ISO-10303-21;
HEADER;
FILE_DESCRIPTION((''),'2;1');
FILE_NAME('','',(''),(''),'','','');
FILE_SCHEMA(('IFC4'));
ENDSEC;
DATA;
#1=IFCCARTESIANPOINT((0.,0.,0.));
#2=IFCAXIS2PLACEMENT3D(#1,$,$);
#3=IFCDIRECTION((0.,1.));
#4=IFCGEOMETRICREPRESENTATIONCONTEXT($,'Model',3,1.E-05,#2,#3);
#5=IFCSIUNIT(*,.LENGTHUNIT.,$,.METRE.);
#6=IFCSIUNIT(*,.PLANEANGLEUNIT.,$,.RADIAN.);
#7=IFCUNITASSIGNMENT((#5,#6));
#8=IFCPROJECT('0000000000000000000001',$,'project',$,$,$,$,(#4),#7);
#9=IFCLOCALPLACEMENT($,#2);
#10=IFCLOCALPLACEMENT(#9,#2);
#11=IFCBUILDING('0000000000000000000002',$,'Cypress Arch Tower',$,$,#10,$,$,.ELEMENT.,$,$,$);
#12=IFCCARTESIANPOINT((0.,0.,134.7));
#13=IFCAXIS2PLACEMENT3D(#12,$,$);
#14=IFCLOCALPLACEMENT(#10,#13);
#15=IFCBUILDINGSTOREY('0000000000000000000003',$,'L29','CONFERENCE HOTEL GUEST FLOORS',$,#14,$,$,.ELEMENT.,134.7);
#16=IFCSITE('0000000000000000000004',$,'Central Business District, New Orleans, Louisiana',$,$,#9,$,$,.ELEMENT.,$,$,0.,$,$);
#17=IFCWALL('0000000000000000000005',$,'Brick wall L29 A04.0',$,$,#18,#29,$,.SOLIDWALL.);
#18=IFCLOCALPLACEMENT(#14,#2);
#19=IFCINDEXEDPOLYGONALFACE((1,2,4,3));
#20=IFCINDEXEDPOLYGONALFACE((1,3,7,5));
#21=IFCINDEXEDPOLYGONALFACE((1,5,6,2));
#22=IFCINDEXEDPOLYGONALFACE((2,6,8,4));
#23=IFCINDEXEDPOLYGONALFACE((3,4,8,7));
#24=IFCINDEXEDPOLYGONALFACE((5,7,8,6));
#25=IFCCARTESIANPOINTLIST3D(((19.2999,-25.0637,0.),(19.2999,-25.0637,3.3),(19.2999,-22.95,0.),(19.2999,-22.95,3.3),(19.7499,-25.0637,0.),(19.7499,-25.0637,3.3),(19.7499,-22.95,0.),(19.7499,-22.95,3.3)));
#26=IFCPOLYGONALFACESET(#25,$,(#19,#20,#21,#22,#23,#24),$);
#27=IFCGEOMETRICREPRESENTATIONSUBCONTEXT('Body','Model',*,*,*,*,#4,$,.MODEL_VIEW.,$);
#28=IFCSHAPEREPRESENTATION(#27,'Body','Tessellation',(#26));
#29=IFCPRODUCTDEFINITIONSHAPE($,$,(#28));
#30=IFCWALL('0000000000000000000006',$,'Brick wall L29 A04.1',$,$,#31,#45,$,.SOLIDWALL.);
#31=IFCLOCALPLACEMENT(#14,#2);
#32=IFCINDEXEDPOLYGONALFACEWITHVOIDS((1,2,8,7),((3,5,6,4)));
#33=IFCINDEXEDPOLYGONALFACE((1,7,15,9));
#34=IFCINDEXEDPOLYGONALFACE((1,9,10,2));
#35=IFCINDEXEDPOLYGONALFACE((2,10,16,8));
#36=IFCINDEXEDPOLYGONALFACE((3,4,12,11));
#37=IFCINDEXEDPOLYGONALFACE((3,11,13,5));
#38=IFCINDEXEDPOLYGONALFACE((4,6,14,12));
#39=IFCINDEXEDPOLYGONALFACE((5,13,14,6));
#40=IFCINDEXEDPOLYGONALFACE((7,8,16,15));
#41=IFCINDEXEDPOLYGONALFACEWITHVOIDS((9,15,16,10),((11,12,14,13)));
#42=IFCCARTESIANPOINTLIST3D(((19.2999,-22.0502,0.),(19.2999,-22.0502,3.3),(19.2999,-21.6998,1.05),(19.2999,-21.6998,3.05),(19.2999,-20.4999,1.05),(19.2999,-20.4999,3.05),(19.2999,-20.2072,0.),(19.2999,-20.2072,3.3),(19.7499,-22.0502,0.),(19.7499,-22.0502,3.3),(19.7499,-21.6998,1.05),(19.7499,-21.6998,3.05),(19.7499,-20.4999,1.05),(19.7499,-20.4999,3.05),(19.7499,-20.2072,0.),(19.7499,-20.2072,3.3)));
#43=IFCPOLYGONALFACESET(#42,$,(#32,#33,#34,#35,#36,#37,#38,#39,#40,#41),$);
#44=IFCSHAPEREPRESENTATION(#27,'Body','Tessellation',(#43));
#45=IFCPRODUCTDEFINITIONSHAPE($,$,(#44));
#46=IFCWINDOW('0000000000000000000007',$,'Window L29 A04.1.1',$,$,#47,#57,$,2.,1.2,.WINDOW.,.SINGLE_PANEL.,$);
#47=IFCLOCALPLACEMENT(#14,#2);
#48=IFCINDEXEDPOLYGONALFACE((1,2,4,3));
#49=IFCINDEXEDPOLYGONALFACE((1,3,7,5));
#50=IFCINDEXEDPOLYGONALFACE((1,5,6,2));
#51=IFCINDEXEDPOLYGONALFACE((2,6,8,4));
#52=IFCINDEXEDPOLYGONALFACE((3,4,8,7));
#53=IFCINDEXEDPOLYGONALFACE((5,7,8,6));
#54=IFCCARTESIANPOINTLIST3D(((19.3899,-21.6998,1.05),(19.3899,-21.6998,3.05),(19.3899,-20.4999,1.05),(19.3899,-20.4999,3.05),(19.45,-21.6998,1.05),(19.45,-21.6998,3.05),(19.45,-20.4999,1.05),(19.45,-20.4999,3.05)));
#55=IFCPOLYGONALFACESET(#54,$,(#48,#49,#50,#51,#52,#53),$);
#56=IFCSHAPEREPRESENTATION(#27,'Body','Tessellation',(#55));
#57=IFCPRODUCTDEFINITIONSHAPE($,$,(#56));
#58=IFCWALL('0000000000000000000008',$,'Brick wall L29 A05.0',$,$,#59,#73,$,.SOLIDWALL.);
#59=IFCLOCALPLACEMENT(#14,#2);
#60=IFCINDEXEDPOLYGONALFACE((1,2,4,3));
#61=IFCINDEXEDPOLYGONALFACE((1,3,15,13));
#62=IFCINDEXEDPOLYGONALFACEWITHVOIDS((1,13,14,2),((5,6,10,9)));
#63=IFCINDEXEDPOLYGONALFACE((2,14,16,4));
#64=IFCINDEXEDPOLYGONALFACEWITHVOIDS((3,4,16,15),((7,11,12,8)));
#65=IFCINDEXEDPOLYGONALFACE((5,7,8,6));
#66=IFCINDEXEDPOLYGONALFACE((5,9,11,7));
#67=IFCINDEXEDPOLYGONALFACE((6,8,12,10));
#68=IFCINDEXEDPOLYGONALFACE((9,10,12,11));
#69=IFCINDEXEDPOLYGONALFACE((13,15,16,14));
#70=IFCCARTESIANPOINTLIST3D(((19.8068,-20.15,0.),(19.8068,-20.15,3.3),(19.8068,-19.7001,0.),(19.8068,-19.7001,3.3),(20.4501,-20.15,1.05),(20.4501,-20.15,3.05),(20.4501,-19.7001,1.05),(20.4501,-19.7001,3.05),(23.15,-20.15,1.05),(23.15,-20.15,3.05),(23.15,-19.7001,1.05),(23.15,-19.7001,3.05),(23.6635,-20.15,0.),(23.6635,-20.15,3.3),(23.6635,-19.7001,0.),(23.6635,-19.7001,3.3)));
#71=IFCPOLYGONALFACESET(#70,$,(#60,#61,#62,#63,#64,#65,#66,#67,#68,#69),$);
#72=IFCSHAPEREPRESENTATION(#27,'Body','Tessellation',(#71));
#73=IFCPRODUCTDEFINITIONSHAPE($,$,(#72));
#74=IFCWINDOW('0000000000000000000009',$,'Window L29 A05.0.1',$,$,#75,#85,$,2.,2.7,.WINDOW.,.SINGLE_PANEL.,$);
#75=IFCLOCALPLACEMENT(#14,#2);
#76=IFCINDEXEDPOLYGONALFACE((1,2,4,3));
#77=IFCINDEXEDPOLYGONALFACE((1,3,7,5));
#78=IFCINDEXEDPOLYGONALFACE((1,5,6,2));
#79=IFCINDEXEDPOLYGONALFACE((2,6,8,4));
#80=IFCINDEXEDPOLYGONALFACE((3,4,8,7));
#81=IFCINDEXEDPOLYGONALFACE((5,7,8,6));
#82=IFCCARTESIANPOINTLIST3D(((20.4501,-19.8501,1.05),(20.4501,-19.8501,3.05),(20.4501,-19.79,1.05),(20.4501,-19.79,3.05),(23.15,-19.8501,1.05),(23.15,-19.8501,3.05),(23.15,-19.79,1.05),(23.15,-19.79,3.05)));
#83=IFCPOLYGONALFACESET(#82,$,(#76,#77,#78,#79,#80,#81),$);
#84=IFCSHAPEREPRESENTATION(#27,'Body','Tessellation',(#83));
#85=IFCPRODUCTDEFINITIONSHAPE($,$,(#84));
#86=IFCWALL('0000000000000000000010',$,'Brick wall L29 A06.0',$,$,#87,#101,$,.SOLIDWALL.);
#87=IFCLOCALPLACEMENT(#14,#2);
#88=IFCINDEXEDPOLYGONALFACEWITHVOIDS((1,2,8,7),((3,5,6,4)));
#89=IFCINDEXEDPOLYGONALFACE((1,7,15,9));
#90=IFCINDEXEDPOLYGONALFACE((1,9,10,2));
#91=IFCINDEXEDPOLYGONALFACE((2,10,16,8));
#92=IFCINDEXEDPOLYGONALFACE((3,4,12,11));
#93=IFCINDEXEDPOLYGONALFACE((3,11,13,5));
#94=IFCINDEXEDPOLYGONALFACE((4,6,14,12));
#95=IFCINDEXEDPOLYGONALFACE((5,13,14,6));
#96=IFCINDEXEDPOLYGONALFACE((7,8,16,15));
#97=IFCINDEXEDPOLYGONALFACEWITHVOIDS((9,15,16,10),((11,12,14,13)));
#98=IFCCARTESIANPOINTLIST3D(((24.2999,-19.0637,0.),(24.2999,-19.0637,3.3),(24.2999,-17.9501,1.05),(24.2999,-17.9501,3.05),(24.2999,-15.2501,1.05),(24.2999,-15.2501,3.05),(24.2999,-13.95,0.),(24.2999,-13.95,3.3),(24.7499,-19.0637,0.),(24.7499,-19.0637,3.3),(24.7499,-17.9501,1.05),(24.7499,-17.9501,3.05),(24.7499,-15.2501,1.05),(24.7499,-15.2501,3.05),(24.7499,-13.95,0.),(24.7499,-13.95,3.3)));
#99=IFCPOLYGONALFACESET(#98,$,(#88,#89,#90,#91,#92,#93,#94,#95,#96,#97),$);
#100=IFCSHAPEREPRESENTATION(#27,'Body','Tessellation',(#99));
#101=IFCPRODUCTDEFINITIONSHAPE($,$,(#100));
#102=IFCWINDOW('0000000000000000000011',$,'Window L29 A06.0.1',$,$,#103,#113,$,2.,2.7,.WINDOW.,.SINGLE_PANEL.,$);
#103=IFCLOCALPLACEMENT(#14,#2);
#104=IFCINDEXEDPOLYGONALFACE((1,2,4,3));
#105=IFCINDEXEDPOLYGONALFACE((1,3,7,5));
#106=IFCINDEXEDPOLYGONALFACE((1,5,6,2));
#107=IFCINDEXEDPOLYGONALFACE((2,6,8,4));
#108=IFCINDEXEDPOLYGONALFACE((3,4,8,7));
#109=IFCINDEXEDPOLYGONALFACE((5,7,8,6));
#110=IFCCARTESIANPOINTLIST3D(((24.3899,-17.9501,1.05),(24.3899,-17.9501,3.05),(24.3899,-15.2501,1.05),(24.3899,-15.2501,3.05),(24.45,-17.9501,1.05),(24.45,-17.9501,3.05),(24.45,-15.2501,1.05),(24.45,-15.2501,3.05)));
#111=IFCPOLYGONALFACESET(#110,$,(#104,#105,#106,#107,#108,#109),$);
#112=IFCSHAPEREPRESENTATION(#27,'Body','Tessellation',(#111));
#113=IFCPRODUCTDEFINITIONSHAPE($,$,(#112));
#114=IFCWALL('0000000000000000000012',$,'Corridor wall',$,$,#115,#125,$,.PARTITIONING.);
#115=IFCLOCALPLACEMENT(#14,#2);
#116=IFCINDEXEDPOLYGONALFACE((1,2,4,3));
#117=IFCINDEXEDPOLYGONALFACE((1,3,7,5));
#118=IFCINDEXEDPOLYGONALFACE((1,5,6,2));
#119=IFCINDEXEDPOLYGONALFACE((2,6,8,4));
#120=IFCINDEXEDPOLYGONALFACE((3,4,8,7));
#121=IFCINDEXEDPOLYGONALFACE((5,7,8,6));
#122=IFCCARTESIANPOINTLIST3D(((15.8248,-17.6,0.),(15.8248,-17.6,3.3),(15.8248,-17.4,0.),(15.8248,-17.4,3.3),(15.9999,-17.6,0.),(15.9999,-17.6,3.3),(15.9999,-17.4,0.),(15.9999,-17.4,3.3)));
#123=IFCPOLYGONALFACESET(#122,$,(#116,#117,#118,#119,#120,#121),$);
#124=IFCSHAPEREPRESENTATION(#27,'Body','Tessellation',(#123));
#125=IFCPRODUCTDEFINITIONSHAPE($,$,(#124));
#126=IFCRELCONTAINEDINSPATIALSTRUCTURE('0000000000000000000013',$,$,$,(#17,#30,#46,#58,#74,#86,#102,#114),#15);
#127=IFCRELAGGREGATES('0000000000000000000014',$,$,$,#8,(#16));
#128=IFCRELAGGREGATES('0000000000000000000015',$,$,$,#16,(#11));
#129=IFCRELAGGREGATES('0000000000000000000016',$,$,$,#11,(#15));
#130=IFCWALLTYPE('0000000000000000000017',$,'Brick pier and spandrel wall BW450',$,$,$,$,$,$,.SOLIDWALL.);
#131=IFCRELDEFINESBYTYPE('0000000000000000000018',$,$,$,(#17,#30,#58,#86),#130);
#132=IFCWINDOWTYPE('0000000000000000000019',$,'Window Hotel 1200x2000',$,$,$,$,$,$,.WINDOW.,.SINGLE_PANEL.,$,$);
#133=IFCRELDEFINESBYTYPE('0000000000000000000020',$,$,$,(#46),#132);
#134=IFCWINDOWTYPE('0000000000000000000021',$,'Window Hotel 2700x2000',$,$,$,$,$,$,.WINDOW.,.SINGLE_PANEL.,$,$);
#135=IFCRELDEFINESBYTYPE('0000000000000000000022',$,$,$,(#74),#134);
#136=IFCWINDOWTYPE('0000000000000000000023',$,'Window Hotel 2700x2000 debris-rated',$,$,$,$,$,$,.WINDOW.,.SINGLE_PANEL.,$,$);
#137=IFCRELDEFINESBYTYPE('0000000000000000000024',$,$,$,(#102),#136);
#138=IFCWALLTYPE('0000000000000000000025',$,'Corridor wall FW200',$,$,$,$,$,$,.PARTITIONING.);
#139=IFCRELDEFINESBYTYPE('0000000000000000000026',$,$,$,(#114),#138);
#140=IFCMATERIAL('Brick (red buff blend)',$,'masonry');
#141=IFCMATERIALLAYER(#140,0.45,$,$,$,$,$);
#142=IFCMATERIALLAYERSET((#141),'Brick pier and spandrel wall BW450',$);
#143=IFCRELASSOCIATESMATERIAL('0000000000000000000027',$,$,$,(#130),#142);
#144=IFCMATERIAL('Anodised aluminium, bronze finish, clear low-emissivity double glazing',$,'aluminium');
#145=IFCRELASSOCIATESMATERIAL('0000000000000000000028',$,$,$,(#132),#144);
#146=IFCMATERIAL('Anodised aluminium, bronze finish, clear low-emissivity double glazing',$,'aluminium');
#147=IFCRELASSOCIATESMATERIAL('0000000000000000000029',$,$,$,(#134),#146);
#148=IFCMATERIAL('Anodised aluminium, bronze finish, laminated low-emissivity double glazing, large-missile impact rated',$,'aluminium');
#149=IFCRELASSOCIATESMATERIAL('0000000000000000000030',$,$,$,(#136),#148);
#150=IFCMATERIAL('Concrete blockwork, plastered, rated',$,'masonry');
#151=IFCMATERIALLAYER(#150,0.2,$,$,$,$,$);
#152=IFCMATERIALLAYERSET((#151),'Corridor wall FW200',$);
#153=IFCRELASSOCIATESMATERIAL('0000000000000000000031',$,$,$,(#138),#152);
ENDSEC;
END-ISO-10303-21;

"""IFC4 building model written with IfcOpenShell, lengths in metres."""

from ifc_helpers import new_model, si_unit, direction, frame, frame_2d, origin, place, context, subcontext, project, spatial, rectangle, extrude, material, layer, layer_set, type_object, element, fill, save


model = new_model("IFC4")

# Units and contexts
model_context = context("Model", 3, precision=1e-05, world=origin(), true_north=direction((0.0, 1.0)))
body_context = subcontext(model_context, "Body", "Model", "MODEL_VIEW")
ifc_project = project(units=[si_unit("LENGTHUNIT", "METRE"), si_unit("PLANEANGLEUNIT", "RADIAN")], contexts=[model_context])

# Site, building, storey
site_placement = place(None, origin())
site = spatial("IfcSite", under=ifc_project, at=site_placement, Name="Central Business District, New Orleans, Louisiana", CompositionType="ELEMENT", RefElevation=0.0)
building_placement = place(site_placement, origin())
building = spatial("IfcBuilding", under=site, at=building_placement, Name="Cypress Arch Tower", CompositionType="ELEMENT")
storey_placement = place(building_placement, frame((0.0, 0.0, 134.7)))
storey = spatial("IfcBuildingStorey", under=building, at=storey_placement, Name="L29", Description="CONFERENCE HOTEL GUEST FLOORS", CompositionType="ELEMENT", Elevation=134.7)

# Wall
ifc_material_1 = material(Name="Brick (red buff blend)", Category="masonry")
ifc_layer_1 = layer(ifc_material_1, 0.45)
ifc_layer_set_1 = layer_set([ifc_layer_1], Name="Brick pier and spandrel wall BW450")
wall_type_1 = type_object("IfcWallType", Name="Brick pier and spandrel wall BW450", PredefinedType="SOLIDWALL", material=ifc_layer_set_1)
wall_1_placement = place(storey_placement, frame((19.5249, -25.0637, 0.0), z_axis=(0.0, 0.0, 1.0), x_axis=(0.0, 1.0, 0.0)))
element("IfcWall", 1, at=wall_1_placement, inside=storey, type_object=wall_type_1, Name="Brick wall L29 A04.0", PredefinedType="SOLIDWALL", context=body_context, shape_type="SweptSolid", body=[
    extrude(rectangle(XDim=2.1138, YDim=0.45, at=frame_2d((1.0569, 0.0))), origin(), (0.0, 0.0, 1.0), 3.3),
])

# Walls, openings, windows
wall_2_placement = place(storey_placement, frame((19.5249, -22.05, 0.0), z_axis=(0.0, 0.0, 1.0), x_axis=(0.0, 1.0, 0.0)))
wall_2 = element("IfcWall", 2, at=wall_2_placement, inside=storey, type_object=wall_type_1, Name="Brick wall L29 A04.1", PredefinedType="SOLIDWALL", context=body_context, shape_type="SweptSolid", body=[
    extrude(rectangle(XDim=1.843, YDim=0.45, at=frame_2d((0.9214, 0.0))), origin(), (0.0, 0.0, 1.0), 3.3),
])
opening_1_placement = place(wall_2_placement, frame((0.3501, 0.0, 1.05)))
opening_1 = element("IfcOpeningElement", 3, at=opening_1_placement, cuts=wall_2, PredefinedType="OPENING", context=body_context, shape_type="SweptSolid", body=[
    extrude(rectangle(XDim=1.2, YDim=2.0, at=frame_2d((0.6001, 1.0))), frame((0.0, 0.2349, 0.0), z_axis=(0.0, -1.0, 0.0), x_axis=(1.0, 0.0, 0.0)), (0.0, 0.0, 1.0), 0.47),
])
ifc_material_2 = material(Name="Anodised aluminium, bronze finish, clear low-emissivity double glazing", Category="aluminium")
window_type_1 = type_object("IfcWindowType", Name="Window Hotel 1200x2000", PartitioningType="SINGLE_PANEL", PredefinedType="WINDOW", material=ifc_material_2)
window_1_placement = place(opening_1_placement, origin())
window_1 = element("IfcWindow", 4, at=window_1_placement, inside=storey, type_object=window_type_1, Name="Window L29 A04.1.1", OverallHeight=2.0, OverallWidth=1.2, PartitioningType="SINGLE_PANEL", PredefinedType="WINDOW", context=body_context, shape_type="SweptSolid", body=[
    extrude(rectangle(XDim=1.2, YDim=2.0, at=frame_2d((0.6001, 1.0))), frame((0.0, 0.135, 0.0), z_axis=(0.0, -1.0, 0.0), x_axis=(1.0, 0.0, 0.0)), (0.0, 0.0, 1.0), 0.0601),
])
fill(opening_1, window_1)
wall_3_placement = place(storey_placement, frame((19.8069, -19.925, 0.0), z_axis=(0.0, 0.0, 1.0), x_axis=(1.0, 0.0, 0.0)))
wall_3 = element("IfcWall", 5, at=wall_3_placement, inside=storey, type_object=wall_type_1, Name="Brick wall L29 A05.0", PredefinedType="SOLIDWALL", context=body_context, shape_type="SweptSolid", body=[
    extrude(rectangle(XDim=3.8567, YDim=0.45, at=frame_2d((1.9282, 0.0))), origin(), (0.0, 0.0, 1.0), 3.3),
])
opening_2_placement = place(wall_3_placement, frame((0.6431, 0.0, 1.05)))
opening_2 = element("IfcOpeningElement", 6, at=opening_2_placement, cuts=wall_3, PredefinedType="OPENING", context=body_context, shape_type="SweptSolid", body=[
    extrude(rectangle(XDim=2.7, YDim=2.0, at=frame_2d((1.3501, 1.0))), frame((0.0, 0.2349, 0.0), z_axis=(0.0, -1.0, 0.0), x_axis=(1.0, 0.0, 0.0)), (0.0, 0.0, 1.0), 0.47),
])
ifc_material_3 = material(Name="Anodised aluminium, bronze finish, clear low-emissivity double glazing", Category="aluminium")
window_type_2 = type_object("IfcWindowType", Name="Window Hotel 2700x2000", PartitioningType="SINGLE_PANEL", PredefinedType="WINDOW", material=ifc_material_3)
window_2_placement = place(opening_2_placement, origin())
window_2 = element("IfcWindow", 7, at=window_2_placement, inside=storey, type_object=window_type_2, Name="Window L29 A05.0.1", OverallHeight=2.0, OverallWidth=2.7, PartitioningType="SINGLE_PANEL", PredefinedType="WINDOW", context=body_context, shape_type="SweptSolid", body=[
    extrude(rectangle(XDim=2.7, YDim=2.0, at=frame_2d((1.3501, 1.0))), frame((0.0, 0.135, 0.0), z_axis=(0.0, -1.0, 0.0), x_axis=(1.0, 0.0, 0.0)), (0.0, 0.0, 1.0), 0.0601),
])
fill(opening_2, window_2)
wall_4_placement = place(storey_placement, frame((24.5249, -19.0637, 0.0), z_axis=(0.0, 0.0, 1.0), x_axis=(0.0, 1.0, 0.0)))
wall_4 = element("IfcWall", 8, at=wall_4_placement, inside=storey, type_object=wall_type_1, Name="Brick wall L29 A06.0", PredefinedType="SOLIDWALL", context=body_context, shape_type="SweptSolid", body=[
    extrude(rectangle(XDim=5.1138, YDim=0.45, at=frame_2d((2.5569, 0.0))), origin(), (0.0, 0.0, 1.0), 3.3),
])
opening_3_placement = place(wall_4_placement, frame((1.1135, 0.0, 1.05)))
opening_3 = element("IfcOpeningElement", 9, at=opening_3_placement, cuts=wall_4, PredefinedType="OPENING", context=body_context, shape_type="SweptSolid", body=[
    extrude(rectangle(XDim=2.7, YDim=2.0, at=frame_2d((1.3501, 1.0))), frame((0.0, 0.2349, 0.0), z_axis=(0.0, -1.0, 0.0), x_axis=(1.0, 0.0, 0.0)), (0.0, 0.0, 1.0), 0.47),
])
ifc_material_4 = material(Name="Anodised aluminium, bronze finish, laminated low-emissivity double glazing, large-missile impact rated", Category="aluminium")
window_type_3 = type_object("IfcWindowType", Name="Window Hotel 2700x2000 debris-rated", PartitioningType="SINGLE_PANEL", PredefinedType="WINDOW", material=ifc_material_4)
window_3_placement = place(opening_3_placement, origin())
window_3 = element("IfcWindow", 10, at=window_3_placement, inside=storey, type_object=window_type_3, Name="Window L29 A06.0.1", OverallHeight=2.0, OverallWidth=2.7, PartitioningType="SINGLE_PANEL", PredefinedType="WINDOW", context=body_context, shape_type="SweptSolid", body=[
    extrude(rectangle(XDim=2.7, YDim=2.0, at=frame_2d((1.3501, 1.0))), frame((0.0, 0.135, 0.0), z_axis=(0.0, -1.0, 0.0), x_axis=(1.0, 0.0, 0.0)), (0.0, 0.0, 1.0), 0.0601),
])
fill(opening_3, window_3)

# Wall
ifc_material_5 = material(Name="Concrete blockwork, plastered, rated", Category="masonry")
ifc_layer_2 = layer(ifc_material_5, 0.2)
ifc_layer_set_2 = layer_set([ifc_layer_2], Name="Corridor wall FW200")
wall_type_2 = type_object("IfcWallType", Name="Corridor wall FW200", PredefinedType="PARTITIONING", material=ifc_layer_set_2)
wall_5_placement = place(storey_placement, frame((15.825, -17.5, 0.0), z_axis=(0.0, 0.0, 1.0), x_axis=(1.0, 0.0, 0.0)))
element("IfcWall", 11, at=wall_5_placement, inside=storey, type_object=wall_type_2, Name="Corridor wall", PredefinedType="PARTITIONING", context=body_context, shape_type="SweptSolid", body=[
    extrude(rectangle(XDim=0.175, YDim=0.2, at=frame_2d((0.0874, 0.0))), origin(), (0.0, 0.0, 1.0), 3.3),
])

save(model, "model.ifc")
